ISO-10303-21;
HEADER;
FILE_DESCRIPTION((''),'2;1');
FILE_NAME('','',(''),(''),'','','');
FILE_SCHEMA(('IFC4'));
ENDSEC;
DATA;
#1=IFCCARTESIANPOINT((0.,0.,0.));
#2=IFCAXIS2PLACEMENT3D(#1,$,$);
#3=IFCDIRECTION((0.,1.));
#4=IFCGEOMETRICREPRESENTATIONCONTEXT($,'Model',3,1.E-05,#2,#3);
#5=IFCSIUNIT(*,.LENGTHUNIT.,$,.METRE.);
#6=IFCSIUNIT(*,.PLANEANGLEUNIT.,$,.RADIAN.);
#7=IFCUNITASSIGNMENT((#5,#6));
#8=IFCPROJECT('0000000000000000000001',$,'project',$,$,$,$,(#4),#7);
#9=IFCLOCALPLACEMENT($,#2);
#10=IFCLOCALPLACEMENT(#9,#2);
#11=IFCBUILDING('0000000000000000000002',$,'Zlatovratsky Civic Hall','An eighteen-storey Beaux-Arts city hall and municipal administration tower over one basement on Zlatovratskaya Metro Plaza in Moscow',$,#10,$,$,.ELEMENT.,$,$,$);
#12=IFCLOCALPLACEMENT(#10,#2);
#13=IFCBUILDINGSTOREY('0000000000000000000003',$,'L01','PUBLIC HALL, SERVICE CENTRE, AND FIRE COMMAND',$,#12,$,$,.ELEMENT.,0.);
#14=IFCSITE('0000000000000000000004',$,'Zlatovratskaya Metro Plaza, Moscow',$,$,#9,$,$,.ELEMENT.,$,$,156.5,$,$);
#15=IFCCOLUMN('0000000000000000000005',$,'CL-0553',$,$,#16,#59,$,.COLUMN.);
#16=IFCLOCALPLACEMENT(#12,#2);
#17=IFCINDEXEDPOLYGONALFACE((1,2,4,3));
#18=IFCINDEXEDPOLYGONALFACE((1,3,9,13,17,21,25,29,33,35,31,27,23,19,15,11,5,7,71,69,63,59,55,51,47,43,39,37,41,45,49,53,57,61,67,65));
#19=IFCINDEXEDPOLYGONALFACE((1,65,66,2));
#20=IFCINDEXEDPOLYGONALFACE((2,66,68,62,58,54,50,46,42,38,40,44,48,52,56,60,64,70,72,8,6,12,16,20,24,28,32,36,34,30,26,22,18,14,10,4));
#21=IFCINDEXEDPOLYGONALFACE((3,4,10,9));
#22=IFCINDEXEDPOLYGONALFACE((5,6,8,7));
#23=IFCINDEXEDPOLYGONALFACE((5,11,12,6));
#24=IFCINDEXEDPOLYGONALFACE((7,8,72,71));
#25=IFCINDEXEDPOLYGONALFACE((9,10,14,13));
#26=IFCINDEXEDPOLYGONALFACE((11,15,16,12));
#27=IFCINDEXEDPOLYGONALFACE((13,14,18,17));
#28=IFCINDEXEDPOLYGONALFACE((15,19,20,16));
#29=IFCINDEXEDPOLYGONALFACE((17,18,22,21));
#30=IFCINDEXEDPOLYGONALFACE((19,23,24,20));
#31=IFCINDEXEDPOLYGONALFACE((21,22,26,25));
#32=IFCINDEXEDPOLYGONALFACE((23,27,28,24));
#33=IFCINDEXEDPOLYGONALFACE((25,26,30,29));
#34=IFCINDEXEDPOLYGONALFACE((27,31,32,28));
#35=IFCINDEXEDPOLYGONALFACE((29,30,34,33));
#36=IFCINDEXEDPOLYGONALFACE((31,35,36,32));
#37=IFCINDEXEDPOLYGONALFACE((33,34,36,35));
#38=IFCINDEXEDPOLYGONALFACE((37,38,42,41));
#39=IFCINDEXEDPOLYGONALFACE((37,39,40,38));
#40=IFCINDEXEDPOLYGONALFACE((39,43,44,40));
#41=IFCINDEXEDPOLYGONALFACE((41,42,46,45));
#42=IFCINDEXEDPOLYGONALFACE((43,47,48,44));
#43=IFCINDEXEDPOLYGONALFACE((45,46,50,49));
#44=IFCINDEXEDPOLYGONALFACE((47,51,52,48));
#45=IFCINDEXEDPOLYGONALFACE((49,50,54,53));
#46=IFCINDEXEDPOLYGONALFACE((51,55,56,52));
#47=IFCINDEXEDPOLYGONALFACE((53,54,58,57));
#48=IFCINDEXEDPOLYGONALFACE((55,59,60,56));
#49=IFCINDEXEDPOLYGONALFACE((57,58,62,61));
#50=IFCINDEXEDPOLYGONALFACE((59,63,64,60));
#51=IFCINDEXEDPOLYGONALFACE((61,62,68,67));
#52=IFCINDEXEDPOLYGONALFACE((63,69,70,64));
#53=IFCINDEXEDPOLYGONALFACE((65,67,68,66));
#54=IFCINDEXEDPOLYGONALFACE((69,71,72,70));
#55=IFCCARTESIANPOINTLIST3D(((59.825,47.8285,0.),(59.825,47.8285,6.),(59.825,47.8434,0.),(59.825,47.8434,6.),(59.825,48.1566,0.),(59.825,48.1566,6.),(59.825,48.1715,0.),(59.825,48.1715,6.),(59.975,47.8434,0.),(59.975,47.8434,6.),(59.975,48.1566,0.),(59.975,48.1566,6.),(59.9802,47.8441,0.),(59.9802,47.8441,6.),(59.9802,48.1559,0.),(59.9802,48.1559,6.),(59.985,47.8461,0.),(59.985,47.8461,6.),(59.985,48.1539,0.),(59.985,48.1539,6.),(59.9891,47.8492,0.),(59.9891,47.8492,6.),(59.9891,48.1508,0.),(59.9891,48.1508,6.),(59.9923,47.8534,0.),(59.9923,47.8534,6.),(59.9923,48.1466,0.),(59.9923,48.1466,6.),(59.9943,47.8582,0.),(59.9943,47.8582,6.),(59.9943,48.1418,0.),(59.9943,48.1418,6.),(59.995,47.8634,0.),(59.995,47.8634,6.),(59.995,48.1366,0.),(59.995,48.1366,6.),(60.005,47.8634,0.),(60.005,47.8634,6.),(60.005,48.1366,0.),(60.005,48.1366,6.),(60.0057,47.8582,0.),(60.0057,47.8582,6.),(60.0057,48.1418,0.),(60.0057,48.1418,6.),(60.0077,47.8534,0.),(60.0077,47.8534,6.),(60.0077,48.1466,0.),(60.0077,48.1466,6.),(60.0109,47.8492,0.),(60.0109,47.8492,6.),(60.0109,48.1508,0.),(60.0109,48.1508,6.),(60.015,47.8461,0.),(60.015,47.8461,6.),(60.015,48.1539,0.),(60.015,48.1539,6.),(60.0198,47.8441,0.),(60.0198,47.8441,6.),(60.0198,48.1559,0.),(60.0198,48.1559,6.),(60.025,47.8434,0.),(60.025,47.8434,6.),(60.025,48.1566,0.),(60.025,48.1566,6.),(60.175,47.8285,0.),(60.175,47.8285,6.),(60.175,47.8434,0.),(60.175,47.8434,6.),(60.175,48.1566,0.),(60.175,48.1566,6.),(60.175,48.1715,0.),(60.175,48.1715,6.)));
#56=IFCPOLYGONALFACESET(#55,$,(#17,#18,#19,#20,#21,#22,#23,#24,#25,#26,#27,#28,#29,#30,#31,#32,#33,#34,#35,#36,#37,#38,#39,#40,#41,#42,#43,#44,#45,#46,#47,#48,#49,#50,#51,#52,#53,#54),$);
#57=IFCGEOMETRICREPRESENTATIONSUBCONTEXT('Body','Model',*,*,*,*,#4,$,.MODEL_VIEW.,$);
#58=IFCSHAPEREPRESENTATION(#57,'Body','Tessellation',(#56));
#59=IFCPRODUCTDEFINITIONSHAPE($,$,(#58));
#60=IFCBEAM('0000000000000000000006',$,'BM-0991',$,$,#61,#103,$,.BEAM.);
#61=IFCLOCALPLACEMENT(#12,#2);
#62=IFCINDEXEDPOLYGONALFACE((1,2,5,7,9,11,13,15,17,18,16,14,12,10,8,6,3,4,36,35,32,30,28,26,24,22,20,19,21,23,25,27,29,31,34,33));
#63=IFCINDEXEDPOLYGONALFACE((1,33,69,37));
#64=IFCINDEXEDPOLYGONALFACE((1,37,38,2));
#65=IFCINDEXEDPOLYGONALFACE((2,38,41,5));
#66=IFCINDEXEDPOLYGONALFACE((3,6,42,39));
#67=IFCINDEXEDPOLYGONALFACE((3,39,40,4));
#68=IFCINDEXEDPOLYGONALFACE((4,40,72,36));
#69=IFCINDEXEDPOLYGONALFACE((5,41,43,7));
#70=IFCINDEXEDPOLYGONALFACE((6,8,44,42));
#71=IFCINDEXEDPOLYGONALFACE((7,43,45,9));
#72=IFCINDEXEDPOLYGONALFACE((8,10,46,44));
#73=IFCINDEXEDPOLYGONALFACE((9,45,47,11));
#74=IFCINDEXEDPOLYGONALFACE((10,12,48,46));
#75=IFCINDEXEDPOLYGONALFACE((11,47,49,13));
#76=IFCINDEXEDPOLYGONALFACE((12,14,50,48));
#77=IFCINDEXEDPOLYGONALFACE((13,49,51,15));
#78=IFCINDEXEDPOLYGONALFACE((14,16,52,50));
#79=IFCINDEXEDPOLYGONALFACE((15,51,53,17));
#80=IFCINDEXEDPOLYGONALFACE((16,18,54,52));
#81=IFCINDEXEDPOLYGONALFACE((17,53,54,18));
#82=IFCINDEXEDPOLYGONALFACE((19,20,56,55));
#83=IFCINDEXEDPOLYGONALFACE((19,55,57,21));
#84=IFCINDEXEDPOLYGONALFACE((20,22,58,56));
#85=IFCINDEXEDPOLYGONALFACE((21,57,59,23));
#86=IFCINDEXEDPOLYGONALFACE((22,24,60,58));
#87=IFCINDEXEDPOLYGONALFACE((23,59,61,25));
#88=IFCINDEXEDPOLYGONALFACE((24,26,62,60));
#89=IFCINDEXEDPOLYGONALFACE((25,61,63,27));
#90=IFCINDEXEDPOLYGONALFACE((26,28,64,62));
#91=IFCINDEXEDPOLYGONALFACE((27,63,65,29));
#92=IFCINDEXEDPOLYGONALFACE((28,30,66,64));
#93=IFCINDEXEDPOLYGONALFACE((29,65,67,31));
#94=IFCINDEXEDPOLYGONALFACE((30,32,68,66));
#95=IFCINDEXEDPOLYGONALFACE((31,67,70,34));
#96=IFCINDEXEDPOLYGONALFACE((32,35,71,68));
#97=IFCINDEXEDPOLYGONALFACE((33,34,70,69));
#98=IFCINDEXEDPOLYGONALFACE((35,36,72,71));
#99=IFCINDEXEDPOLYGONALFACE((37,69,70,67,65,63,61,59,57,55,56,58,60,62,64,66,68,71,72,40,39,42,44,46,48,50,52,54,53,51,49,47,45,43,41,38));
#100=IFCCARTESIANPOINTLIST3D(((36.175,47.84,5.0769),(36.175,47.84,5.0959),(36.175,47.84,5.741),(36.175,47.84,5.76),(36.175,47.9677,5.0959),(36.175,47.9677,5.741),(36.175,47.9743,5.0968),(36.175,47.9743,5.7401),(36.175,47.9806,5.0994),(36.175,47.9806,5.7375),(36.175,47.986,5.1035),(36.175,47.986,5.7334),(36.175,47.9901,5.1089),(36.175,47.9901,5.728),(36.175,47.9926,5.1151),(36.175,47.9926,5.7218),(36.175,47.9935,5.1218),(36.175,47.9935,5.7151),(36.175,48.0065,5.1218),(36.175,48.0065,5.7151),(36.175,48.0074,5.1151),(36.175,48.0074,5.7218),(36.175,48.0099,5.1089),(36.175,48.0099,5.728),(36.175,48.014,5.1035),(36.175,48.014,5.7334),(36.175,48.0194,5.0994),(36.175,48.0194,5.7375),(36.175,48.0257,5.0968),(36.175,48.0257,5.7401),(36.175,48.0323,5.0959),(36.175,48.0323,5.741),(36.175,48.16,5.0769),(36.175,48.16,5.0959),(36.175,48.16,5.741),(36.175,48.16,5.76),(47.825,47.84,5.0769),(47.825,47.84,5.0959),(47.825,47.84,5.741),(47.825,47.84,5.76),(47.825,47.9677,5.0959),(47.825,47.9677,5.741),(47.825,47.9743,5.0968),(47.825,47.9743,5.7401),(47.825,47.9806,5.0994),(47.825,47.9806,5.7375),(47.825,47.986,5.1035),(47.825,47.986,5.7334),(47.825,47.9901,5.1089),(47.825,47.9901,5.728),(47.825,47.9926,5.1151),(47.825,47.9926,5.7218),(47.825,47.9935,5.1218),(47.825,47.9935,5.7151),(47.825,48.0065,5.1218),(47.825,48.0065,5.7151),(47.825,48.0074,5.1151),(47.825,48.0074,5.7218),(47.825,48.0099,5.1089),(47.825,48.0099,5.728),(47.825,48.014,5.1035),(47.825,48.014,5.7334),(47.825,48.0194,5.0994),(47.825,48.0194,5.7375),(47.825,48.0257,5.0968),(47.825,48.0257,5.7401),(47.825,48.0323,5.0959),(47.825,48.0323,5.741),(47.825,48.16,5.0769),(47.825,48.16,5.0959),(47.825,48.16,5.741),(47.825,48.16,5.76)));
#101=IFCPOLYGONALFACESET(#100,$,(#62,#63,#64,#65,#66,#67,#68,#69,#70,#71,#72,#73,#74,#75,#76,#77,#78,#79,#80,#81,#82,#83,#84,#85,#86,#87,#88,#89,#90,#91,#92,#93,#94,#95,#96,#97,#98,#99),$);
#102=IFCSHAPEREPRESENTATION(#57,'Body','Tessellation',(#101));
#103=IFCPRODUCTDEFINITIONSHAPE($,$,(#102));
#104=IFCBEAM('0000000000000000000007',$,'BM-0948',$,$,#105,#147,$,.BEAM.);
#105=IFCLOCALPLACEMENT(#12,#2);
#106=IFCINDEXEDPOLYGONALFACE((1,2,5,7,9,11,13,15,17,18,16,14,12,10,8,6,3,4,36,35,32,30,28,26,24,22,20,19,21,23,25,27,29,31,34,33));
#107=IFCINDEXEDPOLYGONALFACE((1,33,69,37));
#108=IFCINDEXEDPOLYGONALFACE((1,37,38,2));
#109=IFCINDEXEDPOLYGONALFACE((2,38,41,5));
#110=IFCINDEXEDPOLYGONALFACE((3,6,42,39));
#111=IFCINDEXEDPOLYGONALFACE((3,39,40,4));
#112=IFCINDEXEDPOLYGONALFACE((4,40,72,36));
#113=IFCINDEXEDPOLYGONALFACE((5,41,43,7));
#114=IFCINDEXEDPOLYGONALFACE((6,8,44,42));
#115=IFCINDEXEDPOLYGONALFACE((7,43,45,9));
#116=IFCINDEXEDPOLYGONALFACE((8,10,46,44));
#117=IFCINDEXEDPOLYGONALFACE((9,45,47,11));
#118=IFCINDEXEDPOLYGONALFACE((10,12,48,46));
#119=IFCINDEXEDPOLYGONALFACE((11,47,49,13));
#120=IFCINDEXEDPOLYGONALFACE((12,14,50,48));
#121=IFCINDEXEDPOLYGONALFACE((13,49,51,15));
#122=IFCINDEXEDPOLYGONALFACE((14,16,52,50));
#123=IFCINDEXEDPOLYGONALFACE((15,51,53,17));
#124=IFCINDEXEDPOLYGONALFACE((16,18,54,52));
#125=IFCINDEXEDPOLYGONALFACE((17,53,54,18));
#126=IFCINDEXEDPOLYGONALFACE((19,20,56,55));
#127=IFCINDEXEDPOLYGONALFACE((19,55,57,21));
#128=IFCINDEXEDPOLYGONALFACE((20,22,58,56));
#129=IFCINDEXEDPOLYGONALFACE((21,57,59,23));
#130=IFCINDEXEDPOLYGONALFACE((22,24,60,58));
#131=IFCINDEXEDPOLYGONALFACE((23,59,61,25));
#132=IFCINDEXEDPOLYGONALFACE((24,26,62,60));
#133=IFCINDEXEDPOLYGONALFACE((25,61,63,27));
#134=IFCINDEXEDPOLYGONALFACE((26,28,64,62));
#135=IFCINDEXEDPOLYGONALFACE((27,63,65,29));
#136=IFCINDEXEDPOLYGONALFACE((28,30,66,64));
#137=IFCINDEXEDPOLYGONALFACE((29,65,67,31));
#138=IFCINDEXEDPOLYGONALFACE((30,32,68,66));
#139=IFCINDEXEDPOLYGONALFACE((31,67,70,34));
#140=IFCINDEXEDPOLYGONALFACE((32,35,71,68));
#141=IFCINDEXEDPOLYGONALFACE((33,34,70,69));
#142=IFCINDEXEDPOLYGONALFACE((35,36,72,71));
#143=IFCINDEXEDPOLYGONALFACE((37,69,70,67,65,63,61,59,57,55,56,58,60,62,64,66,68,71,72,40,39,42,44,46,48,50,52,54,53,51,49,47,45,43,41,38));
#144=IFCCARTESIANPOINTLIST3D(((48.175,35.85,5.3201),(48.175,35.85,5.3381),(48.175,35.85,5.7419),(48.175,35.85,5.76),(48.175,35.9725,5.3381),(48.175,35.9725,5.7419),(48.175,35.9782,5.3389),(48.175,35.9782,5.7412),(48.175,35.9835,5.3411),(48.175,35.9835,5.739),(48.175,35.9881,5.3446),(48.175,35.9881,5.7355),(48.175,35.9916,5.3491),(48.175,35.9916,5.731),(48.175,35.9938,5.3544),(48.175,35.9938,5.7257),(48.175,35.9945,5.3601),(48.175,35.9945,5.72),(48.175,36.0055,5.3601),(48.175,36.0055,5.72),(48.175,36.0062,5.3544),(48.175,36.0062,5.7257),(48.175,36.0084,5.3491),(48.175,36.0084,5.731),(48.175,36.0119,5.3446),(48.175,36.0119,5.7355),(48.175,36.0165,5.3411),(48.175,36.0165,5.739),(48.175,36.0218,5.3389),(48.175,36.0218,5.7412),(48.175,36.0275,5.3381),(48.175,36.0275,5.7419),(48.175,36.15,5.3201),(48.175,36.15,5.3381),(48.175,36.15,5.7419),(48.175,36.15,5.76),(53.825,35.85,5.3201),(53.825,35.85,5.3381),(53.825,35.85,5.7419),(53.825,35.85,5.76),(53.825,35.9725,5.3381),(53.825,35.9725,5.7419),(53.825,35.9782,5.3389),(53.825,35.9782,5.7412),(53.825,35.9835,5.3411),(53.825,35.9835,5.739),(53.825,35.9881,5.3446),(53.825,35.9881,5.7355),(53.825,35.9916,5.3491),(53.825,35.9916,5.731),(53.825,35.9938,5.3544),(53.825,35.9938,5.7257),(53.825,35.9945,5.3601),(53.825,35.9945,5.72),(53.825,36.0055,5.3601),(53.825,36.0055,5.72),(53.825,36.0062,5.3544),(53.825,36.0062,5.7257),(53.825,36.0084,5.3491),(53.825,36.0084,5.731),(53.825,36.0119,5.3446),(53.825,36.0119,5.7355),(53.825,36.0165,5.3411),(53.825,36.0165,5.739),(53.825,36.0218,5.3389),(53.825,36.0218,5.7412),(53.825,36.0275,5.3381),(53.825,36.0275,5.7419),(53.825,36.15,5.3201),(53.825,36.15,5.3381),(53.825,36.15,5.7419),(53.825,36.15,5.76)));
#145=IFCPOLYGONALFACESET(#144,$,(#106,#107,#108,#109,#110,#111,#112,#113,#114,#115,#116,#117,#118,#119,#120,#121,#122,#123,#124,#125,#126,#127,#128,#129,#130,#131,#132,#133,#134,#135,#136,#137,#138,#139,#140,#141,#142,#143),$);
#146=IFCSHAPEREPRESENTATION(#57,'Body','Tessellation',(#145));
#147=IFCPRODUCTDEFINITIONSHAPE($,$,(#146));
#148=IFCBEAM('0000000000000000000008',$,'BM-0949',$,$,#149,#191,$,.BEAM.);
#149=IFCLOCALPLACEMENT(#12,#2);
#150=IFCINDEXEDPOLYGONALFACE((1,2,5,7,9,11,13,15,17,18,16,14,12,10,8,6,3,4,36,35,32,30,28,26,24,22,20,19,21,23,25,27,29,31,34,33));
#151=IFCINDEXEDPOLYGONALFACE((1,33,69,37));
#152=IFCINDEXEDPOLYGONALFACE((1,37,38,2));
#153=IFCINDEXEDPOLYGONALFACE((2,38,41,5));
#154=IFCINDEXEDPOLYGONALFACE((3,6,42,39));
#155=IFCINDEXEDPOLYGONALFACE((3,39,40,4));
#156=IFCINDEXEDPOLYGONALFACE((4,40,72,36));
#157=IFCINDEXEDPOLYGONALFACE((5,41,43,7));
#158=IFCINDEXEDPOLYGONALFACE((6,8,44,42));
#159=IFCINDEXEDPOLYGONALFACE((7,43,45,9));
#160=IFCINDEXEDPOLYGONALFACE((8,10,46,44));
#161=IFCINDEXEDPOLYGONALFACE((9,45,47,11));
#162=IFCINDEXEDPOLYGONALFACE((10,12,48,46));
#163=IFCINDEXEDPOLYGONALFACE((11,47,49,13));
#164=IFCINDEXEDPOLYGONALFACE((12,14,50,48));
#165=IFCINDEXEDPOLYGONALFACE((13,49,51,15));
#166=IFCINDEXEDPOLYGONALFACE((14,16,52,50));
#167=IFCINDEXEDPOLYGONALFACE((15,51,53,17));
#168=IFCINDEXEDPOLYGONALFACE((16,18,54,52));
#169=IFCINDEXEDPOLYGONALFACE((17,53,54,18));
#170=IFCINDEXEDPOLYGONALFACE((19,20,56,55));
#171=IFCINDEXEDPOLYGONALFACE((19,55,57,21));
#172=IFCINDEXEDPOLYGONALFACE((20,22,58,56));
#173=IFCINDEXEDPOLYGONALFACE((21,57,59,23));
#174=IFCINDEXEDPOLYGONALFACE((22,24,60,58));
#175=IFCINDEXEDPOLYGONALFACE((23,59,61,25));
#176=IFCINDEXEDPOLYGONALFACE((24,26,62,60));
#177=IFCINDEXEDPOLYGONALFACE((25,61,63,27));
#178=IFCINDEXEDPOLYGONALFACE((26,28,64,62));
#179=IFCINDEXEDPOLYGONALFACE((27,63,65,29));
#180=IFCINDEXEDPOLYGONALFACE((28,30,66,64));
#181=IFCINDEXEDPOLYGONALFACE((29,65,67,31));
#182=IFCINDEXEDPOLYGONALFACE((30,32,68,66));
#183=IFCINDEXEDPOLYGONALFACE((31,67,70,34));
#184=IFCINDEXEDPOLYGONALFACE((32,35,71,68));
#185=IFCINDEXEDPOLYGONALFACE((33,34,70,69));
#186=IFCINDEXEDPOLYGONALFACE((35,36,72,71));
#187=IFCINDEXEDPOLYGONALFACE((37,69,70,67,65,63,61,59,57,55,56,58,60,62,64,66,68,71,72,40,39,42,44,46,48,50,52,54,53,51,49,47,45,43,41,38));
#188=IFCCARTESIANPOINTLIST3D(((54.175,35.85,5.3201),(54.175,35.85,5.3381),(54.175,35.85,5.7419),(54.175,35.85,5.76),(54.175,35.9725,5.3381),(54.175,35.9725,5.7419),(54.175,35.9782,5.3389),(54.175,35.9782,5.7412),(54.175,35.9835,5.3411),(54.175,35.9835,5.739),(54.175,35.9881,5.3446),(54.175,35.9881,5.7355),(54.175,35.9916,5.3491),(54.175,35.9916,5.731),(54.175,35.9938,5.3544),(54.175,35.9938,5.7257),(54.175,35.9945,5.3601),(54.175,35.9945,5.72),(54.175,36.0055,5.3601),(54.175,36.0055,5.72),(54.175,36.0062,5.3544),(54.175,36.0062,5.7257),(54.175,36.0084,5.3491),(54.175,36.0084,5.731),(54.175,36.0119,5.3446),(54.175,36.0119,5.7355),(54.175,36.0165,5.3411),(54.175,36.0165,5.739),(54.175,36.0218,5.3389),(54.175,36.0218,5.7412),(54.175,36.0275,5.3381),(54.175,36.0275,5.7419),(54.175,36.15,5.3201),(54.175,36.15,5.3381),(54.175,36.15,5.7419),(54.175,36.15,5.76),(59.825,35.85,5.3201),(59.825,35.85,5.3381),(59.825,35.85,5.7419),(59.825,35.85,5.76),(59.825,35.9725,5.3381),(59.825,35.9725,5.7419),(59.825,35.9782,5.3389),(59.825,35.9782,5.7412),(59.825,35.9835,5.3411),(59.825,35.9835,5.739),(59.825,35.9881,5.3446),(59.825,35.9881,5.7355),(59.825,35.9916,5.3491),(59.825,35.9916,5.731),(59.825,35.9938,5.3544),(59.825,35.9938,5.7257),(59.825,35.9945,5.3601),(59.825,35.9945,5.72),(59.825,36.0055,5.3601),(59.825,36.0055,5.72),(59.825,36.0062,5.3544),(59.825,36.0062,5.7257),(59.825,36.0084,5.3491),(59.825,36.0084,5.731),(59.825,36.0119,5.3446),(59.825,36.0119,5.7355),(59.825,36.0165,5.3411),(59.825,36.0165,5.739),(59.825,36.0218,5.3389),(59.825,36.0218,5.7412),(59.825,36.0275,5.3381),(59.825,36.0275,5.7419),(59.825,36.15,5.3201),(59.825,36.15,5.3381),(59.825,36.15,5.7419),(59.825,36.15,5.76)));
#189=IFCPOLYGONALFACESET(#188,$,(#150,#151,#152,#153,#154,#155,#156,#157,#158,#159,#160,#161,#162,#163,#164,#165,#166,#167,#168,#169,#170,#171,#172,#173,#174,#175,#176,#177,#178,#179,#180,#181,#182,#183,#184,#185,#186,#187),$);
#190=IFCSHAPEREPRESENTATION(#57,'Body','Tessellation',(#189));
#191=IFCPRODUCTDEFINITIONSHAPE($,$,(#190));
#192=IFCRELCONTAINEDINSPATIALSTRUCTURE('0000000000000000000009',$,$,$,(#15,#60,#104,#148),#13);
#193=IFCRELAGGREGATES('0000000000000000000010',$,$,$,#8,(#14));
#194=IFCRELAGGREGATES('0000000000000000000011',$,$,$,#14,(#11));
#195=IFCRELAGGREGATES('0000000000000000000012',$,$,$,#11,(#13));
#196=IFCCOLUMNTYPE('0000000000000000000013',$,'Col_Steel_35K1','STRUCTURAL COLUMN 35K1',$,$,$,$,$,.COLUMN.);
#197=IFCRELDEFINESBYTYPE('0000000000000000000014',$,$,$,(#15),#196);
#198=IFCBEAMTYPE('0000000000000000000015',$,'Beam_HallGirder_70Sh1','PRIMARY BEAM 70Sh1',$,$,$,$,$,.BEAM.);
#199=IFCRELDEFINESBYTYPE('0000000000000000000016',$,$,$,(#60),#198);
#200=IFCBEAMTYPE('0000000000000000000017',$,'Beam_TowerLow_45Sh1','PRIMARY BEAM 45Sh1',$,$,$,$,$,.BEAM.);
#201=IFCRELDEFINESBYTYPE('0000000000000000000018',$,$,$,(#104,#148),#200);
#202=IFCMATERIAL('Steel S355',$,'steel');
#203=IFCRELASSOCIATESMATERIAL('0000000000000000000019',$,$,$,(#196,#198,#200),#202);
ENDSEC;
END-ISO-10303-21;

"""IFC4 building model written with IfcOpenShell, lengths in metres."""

from ifc_helpers import new_model, si_unit, direction, frame, origin, origin_2d, place, context, subcontext, project, spatial, i_section, extrude, material, material_profile, profile_set, type_object, element, save


model = new_model("IFC4")

# Units and contexts
model_context = context("Model", 3, precision=1e-05, world=origin(), true_north=direction((0.0, 1.0)))
body_context = subcontext(model_context, "Body", "Model", "MODEL_VIEW")
ifc_project = project(units=[si_unit("LENGTHUNIT", "METRE"), si_unit("PLANEANGLEUNIT", "RADIAN")], contexts=[model_context])

# Site, building, storey
site_placement = place(None, origin())
site = spatial("IfcSite", under=ifc_project, at=site_placement, Name="Zlatovratskaya Metro Plaza, Moscow", CompositionType="ELEMENT", RefElevation=156.5)
building_placement = place(site_placement, origin())
building = spatial("IfcBuilding", under=site, at=building_placement, Name="Zlatovratsky Civic Hall", Description="An eighteen-storey Beaux-Arts city hall and municipal administration tower over one basement on Zlatovratskaya Metro Plaza in Moscow", CompositionType="ELEMENT")
storey_placement = place(building_placement, origin())
storey = spatial("IfcBuildingStorey", under=building, at=storey_placement, Name="L01", Description="PUBLIC HALL, SERVICE CENTRE, AND FIRE COMMAND", CompositionType="ELEMENT", Elevation=0.0)

# Column
ifc_material_1 = material(Name="Steel S355", Category="steel")
ifc_material_profile_1 = material_profile(ifc_material_1, i_section(OverallWidth=0.3501, OverallDepth=0.343, WebThickness=0.01, FlangeThickness=0.0149, FilletRadius=0.02, at=origin_2d()), Name="35K1")
ifc_profile_set_1 = profile_set([ifc_material_profile_1], Name="Steel S355")
column_type = type_object("IfcColumnType", Name="Col_Steel_35K1", Description="STRUCTURAL COLUMN 35K1", PredefinedType="COLUMN", material=ifc_profile_set_1)
for number, where, z_axis, x_axis, name in (
    (1, (60.0, 48.0, 0.0), (0.0, 0.0, 1.0), (1.0, 0.0, 0.0), "CL-0553"),
):
    element("IfcColumn", number, at=place(storey_placement, frame(where, z_axis=z_axis, x_axis=x_axis)), inside=storey, type_object=column_type, Name=name, PredefinedType="COLUMN", context=body_context, shape_type="SweptSolid", body=[
        extrude(i_section(OverallWidth=0.3501, OverallDepth=0.343, WebThickness=0.01, FlangeThickness=0.0149, FilletRadius=0.02, at=origin_2d()), origin(), (0.0, 0.0, 1.0), 6.0),
    ])

# Beams
ifc_material_profile_2 = material_profile(ifc_material_1, i_section(OverallWidth=0.3201, OverallDepth=0.6831, WebThickness=0.0129, FlangeThickness=0.019, FilletRadius=0.0259, at=origin_2d()), Name="70Sh1")
ifc_profile_set_2 = profile_set([ifc_material_profile_2], Name="Steel S355")
beam_type_1 = type_object("IfcBeamType", Name="Beam_HallGirder_70Sh1", Description="PRIMARY BEAM 70Sh1", PredefinedType="BEAM", material=ifc_profile_set_2)
beam_placement = place(storey_placement, frame((36.175, 48.0, 5.4185), z_axis=(1.0, 0.0, 0.0), x_axis=(0.0, 1.0, 0.0)))
element("IfcBeam", 2, at=beam_placement, inside=storey, type_object=beam_type_1, Name="BM-0991", PredefinedType="BEAM", context=body_context, shape_type="SweptSolid", body=[
    extrude(i_section(OverallWidth=0.3201, OverallDepth=0.6831, WebThickness=0.0129, FlangeThickness=0.019, FilletRadius=0.0259, at=origin_2d()), origin(), (0.0, 0.0, 1.0), 11.6499),
])
ifc_material_profile_3 = material_profile(ifc_material_1, i_section(OverallWidth=0.3, OverallDepth=0.4399, WebThickness=0.011, FlangeThickness=0.0181, FilletRadius=0.022, at=origin_2d()), Name="45Sh1")
ifc_profile_set_3 = profile_set([ifc_material_profile_3], Name="Steel S355")
beam_type_2 = type_object("IfcBeamType", Name="Beam_TowerLow_45Sh1", Description="PRIMARY BEAM 45Sh1", PredefinedType="BEAM", material=ifc_profile_set_3)
for number, where, z_axis, x_axis, name in (
    (3, (48.175, 36.0, 5.54), (1.0, 0.0, 0.0), (0.0, 1.0, 0.0), "BM-0948"),
    (4, (54.175, 36.0, 5.54), (1.0, 0.0, 0.0), (0.0, 1.0, 0.0), "BM-0949"),
):
    element("IfcBeam", number, at=place(storey_placement, frame(where, z_axis=z_axis, x_axis=x_axis)), inside=storey, type_object=beam_type_2, Name=name, PredefinedType="BEAM", context=body_context, shape_type="SweptSolid", body=[
        extrude(i_section(OverallWidth=0.3, OverallDepth=0.4399, WebThickness=0.011, FlangeThickness=0.0181, FilletRadius=0.022, at=origin_2d()), origin(), (0.0, 0.0, 1.0), 5.6499),
    ])

save(model, "model.ifc")
